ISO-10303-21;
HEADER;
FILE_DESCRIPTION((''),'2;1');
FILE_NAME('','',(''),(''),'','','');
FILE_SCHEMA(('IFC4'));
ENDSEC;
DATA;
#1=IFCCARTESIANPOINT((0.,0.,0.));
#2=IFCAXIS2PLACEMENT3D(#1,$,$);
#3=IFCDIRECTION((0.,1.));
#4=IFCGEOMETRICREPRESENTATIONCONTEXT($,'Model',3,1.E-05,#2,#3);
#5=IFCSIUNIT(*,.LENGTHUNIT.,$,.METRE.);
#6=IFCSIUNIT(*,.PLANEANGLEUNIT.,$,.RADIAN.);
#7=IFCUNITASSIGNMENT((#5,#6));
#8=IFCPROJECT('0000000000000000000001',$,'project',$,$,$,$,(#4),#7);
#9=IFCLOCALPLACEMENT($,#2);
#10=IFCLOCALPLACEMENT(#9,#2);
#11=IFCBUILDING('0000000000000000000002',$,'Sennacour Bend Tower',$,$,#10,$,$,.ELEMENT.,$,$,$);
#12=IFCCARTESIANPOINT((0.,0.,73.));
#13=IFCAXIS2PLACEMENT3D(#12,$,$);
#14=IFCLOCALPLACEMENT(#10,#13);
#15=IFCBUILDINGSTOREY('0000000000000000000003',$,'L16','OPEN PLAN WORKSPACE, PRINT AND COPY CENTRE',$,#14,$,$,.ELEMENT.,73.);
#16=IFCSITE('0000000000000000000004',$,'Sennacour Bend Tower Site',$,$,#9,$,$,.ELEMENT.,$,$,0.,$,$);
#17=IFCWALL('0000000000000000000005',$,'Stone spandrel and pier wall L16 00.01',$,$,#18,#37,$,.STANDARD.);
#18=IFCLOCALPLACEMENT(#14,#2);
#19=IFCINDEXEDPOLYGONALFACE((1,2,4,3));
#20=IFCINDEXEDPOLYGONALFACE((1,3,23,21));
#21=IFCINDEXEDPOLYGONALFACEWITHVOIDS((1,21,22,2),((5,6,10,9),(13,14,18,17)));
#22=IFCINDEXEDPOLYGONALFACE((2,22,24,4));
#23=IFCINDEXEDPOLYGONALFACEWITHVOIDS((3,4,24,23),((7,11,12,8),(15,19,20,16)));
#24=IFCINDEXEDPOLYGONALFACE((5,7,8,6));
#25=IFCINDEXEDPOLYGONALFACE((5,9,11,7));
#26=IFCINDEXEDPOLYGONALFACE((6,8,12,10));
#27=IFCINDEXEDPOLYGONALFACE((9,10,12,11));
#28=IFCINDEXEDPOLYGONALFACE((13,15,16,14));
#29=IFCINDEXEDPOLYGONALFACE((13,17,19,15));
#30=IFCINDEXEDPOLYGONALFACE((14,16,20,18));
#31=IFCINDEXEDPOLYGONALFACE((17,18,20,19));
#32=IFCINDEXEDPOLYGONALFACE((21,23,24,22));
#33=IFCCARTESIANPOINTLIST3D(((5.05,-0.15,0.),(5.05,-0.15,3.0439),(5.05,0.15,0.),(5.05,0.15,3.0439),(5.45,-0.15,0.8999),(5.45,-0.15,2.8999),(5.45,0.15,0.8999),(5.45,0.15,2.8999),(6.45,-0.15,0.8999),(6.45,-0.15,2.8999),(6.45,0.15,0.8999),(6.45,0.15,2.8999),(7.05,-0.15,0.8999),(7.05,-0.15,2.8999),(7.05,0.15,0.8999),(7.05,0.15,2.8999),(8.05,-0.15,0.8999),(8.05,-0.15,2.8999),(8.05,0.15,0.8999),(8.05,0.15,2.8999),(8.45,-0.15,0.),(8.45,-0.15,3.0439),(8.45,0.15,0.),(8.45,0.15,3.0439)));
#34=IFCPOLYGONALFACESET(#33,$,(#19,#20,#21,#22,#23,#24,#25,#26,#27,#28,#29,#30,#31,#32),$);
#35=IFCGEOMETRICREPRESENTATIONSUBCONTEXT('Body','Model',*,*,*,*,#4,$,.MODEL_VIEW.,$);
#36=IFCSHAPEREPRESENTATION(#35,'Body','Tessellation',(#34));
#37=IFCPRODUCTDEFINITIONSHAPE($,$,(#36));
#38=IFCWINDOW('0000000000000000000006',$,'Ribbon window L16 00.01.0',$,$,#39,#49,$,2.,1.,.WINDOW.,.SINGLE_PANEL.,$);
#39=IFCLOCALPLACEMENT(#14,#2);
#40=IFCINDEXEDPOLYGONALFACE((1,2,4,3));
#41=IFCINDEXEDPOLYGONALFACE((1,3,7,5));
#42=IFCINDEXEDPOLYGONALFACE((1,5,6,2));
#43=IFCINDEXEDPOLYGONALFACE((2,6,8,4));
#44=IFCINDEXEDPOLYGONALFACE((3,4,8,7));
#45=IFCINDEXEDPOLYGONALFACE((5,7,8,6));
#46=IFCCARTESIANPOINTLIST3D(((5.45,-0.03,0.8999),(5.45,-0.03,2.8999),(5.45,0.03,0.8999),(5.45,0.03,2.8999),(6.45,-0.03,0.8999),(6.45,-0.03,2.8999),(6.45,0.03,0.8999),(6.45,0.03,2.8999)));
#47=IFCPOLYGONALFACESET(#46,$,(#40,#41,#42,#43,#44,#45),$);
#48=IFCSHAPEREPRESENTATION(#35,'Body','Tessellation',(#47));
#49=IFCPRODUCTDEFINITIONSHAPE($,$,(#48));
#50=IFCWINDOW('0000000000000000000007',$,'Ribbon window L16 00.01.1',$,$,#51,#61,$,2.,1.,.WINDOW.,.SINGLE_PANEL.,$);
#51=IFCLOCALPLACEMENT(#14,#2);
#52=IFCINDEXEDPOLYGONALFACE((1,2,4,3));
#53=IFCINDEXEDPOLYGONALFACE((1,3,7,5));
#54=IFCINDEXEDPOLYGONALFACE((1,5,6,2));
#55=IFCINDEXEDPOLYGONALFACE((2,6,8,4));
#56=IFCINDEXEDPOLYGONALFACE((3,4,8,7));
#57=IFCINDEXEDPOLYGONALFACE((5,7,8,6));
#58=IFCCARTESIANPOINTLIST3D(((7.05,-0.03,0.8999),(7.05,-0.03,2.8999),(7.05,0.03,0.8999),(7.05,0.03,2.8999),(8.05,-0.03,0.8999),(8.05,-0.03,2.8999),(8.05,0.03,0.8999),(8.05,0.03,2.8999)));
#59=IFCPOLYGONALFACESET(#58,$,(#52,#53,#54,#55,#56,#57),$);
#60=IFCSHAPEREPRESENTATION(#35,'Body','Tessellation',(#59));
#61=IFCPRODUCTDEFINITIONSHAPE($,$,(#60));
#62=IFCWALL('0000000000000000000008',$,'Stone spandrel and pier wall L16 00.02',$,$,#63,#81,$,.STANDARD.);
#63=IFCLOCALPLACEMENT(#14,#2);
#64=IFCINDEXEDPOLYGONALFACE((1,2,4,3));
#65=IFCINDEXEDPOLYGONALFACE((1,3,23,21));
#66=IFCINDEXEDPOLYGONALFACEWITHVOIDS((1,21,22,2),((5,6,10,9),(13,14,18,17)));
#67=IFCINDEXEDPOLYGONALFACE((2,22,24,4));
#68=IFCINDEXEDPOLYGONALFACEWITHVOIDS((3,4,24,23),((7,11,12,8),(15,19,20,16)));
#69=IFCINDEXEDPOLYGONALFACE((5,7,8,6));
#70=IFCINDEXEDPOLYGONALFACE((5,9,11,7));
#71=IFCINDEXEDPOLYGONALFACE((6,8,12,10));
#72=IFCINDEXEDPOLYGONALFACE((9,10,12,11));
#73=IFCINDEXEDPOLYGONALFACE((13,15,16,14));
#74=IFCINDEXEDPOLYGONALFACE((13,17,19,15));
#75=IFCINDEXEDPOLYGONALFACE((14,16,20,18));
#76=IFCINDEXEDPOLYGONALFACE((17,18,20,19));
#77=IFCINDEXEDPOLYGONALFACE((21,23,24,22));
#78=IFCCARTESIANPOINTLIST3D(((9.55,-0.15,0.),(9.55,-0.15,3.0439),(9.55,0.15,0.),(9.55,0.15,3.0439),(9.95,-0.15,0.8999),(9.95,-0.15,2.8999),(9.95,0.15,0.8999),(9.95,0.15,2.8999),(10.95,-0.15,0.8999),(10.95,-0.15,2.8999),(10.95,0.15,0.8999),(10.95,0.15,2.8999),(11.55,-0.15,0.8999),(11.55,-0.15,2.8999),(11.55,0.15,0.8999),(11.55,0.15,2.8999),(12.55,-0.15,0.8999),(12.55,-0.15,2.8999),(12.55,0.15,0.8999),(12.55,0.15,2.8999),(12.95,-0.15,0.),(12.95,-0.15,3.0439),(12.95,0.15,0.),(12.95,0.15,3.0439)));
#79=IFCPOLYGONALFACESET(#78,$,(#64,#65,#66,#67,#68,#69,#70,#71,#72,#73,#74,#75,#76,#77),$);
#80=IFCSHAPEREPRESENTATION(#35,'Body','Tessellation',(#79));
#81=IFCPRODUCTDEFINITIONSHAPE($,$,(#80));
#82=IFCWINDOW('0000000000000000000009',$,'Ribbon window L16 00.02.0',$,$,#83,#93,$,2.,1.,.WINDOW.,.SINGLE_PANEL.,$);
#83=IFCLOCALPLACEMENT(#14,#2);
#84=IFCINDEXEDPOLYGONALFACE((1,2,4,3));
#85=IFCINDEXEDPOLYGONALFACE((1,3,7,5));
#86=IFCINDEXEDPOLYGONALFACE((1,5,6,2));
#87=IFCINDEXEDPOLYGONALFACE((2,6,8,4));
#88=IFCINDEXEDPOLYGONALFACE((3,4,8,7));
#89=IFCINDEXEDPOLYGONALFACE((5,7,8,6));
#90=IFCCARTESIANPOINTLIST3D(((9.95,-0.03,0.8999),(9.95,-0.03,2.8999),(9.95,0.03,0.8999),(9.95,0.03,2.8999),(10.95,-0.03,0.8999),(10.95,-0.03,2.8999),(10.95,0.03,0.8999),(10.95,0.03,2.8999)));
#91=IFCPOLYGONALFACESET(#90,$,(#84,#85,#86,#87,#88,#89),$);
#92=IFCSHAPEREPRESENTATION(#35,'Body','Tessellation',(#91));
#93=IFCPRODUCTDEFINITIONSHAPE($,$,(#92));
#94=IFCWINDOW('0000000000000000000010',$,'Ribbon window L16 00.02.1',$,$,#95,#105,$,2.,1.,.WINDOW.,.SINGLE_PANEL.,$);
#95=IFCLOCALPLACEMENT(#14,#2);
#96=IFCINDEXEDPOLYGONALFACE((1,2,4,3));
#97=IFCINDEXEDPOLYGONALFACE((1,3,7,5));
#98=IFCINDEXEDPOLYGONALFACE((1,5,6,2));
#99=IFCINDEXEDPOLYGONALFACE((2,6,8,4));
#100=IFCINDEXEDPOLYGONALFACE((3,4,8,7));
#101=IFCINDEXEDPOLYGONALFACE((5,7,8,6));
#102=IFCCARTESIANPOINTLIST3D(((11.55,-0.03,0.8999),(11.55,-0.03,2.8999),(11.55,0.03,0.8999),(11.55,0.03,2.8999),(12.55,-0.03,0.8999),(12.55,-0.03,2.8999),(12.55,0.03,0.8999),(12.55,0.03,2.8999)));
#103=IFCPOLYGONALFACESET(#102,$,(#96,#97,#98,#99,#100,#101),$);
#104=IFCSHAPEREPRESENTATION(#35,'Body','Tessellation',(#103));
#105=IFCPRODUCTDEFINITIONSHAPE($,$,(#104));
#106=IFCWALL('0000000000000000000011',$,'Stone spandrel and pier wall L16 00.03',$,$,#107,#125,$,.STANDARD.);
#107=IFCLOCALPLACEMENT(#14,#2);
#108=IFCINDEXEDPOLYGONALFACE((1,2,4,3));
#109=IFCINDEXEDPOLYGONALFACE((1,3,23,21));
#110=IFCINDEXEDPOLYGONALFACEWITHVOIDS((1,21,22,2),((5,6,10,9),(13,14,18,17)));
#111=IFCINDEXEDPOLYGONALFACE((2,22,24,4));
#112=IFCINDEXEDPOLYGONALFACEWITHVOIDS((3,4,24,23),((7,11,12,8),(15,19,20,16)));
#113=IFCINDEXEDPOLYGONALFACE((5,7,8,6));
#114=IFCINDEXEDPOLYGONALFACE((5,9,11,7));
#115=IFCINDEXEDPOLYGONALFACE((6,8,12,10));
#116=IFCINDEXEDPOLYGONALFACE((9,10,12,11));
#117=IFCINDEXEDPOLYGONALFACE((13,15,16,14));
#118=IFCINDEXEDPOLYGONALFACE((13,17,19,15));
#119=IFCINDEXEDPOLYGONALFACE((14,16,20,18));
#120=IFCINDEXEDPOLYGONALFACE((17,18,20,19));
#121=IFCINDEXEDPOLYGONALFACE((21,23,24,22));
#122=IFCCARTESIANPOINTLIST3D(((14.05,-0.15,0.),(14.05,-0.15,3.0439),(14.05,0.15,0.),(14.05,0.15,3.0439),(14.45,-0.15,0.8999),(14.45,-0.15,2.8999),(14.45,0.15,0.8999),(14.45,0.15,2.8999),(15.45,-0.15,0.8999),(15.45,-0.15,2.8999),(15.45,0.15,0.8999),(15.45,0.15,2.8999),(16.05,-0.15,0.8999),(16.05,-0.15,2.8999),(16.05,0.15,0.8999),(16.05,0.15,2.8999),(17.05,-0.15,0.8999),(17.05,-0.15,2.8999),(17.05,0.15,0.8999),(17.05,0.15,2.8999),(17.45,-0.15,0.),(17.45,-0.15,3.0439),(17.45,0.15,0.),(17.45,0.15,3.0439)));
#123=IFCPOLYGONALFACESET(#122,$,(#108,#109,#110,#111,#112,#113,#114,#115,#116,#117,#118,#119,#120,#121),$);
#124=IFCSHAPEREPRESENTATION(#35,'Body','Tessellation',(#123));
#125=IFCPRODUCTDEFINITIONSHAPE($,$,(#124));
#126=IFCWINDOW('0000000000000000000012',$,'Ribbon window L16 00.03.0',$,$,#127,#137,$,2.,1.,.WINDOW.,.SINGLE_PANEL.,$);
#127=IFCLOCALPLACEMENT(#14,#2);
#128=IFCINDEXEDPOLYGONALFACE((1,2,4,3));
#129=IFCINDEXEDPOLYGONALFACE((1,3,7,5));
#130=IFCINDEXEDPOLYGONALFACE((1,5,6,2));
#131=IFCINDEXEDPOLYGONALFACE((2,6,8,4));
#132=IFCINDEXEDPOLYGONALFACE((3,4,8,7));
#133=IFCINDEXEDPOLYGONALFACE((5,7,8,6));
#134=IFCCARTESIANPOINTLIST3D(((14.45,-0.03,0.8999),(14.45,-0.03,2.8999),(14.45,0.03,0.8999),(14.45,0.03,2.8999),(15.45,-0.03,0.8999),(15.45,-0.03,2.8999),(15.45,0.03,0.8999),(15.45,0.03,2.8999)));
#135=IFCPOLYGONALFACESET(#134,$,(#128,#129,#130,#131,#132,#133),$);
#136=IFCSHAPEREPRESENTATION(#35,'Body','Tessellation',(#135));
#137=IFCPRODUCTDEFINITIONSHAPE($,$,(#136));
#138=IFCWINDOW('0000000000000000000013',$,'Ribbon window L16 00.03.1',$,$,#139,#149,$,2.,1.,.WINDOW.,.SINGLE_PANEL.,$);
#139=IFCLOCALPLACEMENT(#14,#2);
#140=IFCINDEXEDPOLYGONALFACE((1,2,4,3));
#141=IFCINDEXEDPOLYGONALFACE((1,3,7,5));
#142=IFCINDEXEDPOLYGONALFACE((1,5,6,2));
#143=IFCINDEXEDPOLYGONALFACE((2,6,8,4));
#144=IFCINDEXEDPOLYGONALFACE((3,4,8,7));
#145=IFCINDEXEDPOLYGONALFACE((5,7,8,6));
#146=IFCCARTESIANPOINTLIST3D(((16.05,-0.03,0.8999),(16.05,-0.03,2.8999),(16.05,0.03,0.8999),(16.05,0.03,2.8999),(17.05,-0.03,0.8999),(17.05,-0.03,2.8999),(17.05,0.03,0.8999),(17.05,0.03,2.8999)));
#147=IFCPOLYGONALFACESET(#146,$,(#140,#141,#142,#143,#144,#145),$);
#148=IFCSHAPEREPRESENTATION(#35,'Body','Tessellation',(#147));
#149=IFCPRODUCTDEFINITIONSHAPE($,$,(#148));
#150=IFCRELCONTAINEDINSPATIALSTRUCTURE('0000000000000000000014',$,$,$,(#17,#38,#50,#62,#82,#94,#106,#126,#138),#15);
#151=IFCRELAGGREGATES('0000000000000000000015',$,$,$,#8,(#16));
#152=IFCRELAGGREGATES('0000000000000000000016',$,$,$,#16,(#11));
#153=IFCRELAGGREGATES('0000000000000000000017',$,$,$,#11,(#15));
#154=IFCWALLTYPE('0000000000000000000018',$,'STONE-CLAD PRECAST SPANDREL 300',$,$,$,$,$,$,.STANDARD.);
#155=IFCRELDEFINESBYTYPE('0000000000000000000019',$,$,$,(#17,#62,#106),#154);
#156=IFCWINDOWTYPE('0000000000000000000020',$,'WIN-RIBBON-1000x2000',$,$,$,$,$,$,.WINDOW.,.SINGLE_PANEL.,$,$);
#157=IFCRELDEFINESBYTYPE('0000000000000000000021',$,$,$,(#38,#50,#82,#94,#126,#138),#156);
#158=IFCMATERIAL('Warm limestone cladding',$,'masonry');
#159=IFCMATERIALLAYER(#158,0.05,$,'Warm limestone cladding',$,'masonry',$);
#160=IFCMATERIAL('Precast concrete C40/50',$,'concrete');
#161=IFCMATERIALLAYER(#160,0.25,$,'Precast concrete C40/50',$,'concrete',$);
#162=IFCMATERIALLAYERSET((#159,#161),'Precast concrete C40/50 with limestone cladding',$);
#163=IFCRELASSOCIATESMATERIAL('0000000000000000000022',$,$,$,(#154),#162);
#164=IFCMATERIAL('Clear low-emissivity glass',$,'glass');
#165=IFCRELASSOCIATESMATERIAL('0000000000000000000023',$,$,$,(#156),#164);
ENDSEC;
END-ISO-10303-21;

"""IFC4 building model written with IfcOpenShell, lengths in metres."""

from ifc_helpers import new_model, si_unit, direction, frame, frame_2d, origin, place, context, subcontext, project, spatial, rectangle, extrude, material, layer, layer_set, type_object, element, fill, save


model = new_model("IFC4")

# Units and contexts
model_context = context("Model", 3, precision=1e-05, world=origin(), true_north=direction((0.0, 1.0)))
body_context = subcontext(model_context, "Body", "Model", "MODEL_VIEW")
ifc_project = project(units=[si_unit("LENGTHUNIT", "METRE"), si_unit("PLANEANGLEUNIT", "RADIAN")], contexts=[model_context])

# Site, building, storey
site_placement = place(None, origin())
site = spatial("IfcSite", under=ifc_project, at=site_placement, Name="Sennacour Bend Tower Site", CompositionType="ELEMENT", RefElevation=0.0)
building_placement = place(site_placement, origin())
building = spatial("IfcBuilding", under=site, at=building_placement, Name="Sennacour Bend Tower", CompositionType="ELEMENT")
storey_placement = place(building_placement, frame((0.0, 0.0, 73.0)))
storey = spatial("IfcBuildingStorey", under=building, at=storey_placement, Name="L16", Description="OPEN PLAN WORKSPACE, PRINT AND COPY CENTRE", CompositionType="ELEMENT", Elevation=73.0)

# Walls, openings, windows
ifc_material_1 = material(Name="Warm limestone cladding", Category="masonry")
ifc_layer_1 = layer(ifc_material_1, 0.05, Name="Warm limestone cladding", Category="masonry")
ifc_material_2 = material(Name="Precast concrete C40/50", Category="concrete")
ifc_layer_2 = layer(ifc_material_2, 0.25, Name="Precast concrete C40/50", Category="concrete")
ifc_layer_set_1 = layer_set([ifc_layer_1, ifc_layer_2], Name="Precast concrete C40/50 with limestone cladding")
wall_type_1 = type_object("IfcWallType", Name="STONE-CLAD PRECAST SPANDREL 300", PredefinedType="STANDARD", material=ifc_layer_set_1)
wall_1_placement = place(storey_placement, frame((5.05, 0.0, 0.0), z_axis=(0.0, 0.0, 1.0), x_axis=(1.0, 0.0, 0.0)))
wall_1 = element("IfcWall", 1, at=wall_1_placement, inside=storey, type_object=wall_type_1, Name="Stone spandrel and pier wall L16 00.01", PredefinedType="STANDARD", context=body_context, shape_type="SweptSolid", body=[
    extrude(rectangle(XDim=3.3999, YDim=0.3, at=frame_2d((1.7, 0.0))), origin(), (0.0, 0.0, 1.0), 3.0439),
])
opening_1_placement = place(wall_1_placement, frame((0.3999, 0.0, 0.8999)))
opening_1 = element("IfcOpeningElement", 2, at=opening_1_placement, cuts=wall_1, PredefinedType="OPENING", context=body_context, shape_type="SweptSolid", body=[
    extrude(rectangle(XDim=1.0, YDim=2.0, at=frame_2d((0.5, 1.0))), frame((0.0, 0.1602, 0.0), z_axis=(0.0, -1.0, 0.0), x_axis=(1.0, 0.0, 0.0)), (0.0, 0.0, 1.0), 0.3201),
])
opening_2_placement = place(wall_1_placement, frame((2.0, 0.0, 0.8999)))
opening_2 = element("IfcOpeningElement", 3, at=opening_2_placement, cuts=wall_1, PredefinedType="OPENING", context=body_context, shape_type="SweptSolid", body=[
    extrude(rectangle(XDim=1.0, YDim=2.0, at=frame_2d((0.5, 1.0))), frame((0.0, 0.1602, 0.0), z_axis=(0.0, -1.0, 0.0), x_axis=(1.0, 0.0, 0.0)), (0.0, 0.0, 1.0), 0.3201),
])
ifc_material_3 = material(Name="Clear low-emissivity glass", Category="glass")
window_type = type_object("IfcWindowType", Name="WIN-RIBBON-1000x2000", PartitioningType="SINGLE_PANEL", PredefinedType="WINDOW", material=ifc_material_3)
window_1_placement = place(opening_1_placement, origin())
window_1 = element("IfcWindow", 4, at=window_1_placement, inside=storey, type_object=window_type, Name="Ribbon window L16 00.01.0", OverallHeight=2.0, OverallWidth=1.0, PartitioningType="SINGLE_PANEL", PredefinedType="WINDOW", context=body_context, shape_type="SweptSolid", body=[
    extrude(rectangle(XDim=1.0, YDim=2.0, at=frame_2d((0.5, 1.0))), frame((0.0, 0.03, 0.0), z_axis=(0.0, -1.0, 0.0), x_axis=(1.0, 0.0, 0.0)), (0.0, 0.0, 1.0), 0.0601),
])
fill(opening_1, window_1)
window_2_placement = place(opening_2_placement, origin())
window_2 = element("IfcWindow", 5, at=window_2_placement, inside=storey, type_object=window_type, Name="Ribbon window L16 00.01.1", OverallHeight=2.0, OverallWidth=1.0, PartitioningType="SINGLE_PANEL", PredefinedType="WINDOW", context=body_context, shape_type="SweptSolid", body=[
    extrude(rectangle(XDim=1.0, YDim=2.0, at=frame_2d((0.5, 1.0))), frame((0.0, 0.03, 0.0), z_axis=(0.0, -1.0, 0.0), x_axis=(1.0, 0.0, 0.0)), (0.0, 0.0, 1.0), 0.0601),
])
fill(opening_2, window_2)
wall_2_placement = place(storey_placement, frame((9.55, 0.0, 0.0), z_axis=(0.0, 0.0, 1.0), x_axis=(1.0, 0.0, 0.0)))
wall_2 = element("IfcWall", 6, at=wall_2_placement, inside=storey, type_object=wall_type_1, Name="Stone spandrel and pier wall L16 00.02", PredefinedType="STANDARD", context=body_context, shape_type="SweptSolid", body=[
    extrude(rectangle(XDim=3.3999, YDim=0.3, at=frame_2d((1.7, 0.0))), origin(), (0.0, 0.0, 1.0), 3.0439),
])
opening_3_placement = place(wall_2_placement, frame((0.3999, 0.0, 0.8999)))
opening_3 = element("IfcOpeningElement", 7, at=opening_3_placement, cuts=wall_2, PredefinedType="OPENING", context=body_context, shape_type="SweptSolid", body=[
    extrude(rectangle(XDim=1.0, YDim=2.0, at=frame_2d((0.5, 1.0))), frame((0.0, 0.1602, 0.0), z_axis=(0.0, -1.0, 0.0), x_axis=(1.0, 0.0, 0.0)), (0.0, 0.0, 1.0), 0.3201),
])
opening_4_placement = place(wall_2_placement, frame((2.0, 0.0, 0.8999)))
opening_4 = element("IfcOpeningElement", 8, at=opening_4_placement, cuts=wall_2, PredefinedType="OPENING", context=body_context, shape_type="SweptSolid", body=[
    extrude(rectangle(XDim=1.0, YDim=2.0, at=frame_2d((0.5, 1.0))), frame((0.0, 0.1602, 0.0), z_axis=(0.0, -1.0, 0.0), x_axis=(1.0, 0.0, 0.0)), (0.0, 0.0, 1.0), 0.3201),
])
window_3_placement = place(opening_3_placement, origin())
window_3 = element("IfcWindow", 9, at=window_3_placement, inside=storey, type_object=window_type, Name="Ribbon window L16 00.02.0", OverallHeight=2.0, OverallWidth=1.0, PartitioningType="SINGLE_PANEL", PredefinedType="WINDOW", context=body_context, shape_type="SweptSolid", body=[
    extrude(rectangle(XDim=1.0, YDim=2.0, at=frame_2d((0.5, 1.0))), frame((0.0, 0.03, 0.0), z_axis=(0.0, -1.0, 0.0), x_axis=(1.0, 0.0, 0.0)), (0.0, 0.0, 1.0), 0.0601),
])
fill(opening_3, window_3)
window_4_placement = place(opening_4_placement, origin())
window_4 = element("IfcWindow", 10, at=window_4_placement, inside=storey, type_object=window_type, Name="Ribbon window L16 00.02.1", OverallHeight=2.0, OverallWidth=1.0, PartitioningType="SINGLE_PANEL", PredefinedType="WINDOW", context=body_context, shape_type="SweptSolid", body=[
    extrude(rectangle(XDim=1.0, YDim=2.0, at=frame_2d((0.5, 1.0))), frame((0.0, 0.03, 0.0), z_axis=(0.0, -1.0, 0.0), x_axis=(1.0, 0.0, 0.0)), (0.0, 0.0, 1.0), 0.0601),
])
fill(opening_4, window_4)
wall_3_placement = place(storey_placement, frame((14.05, 0.0, 0.0), z_axis=(0.0, 0.0, 1.0), x_axis=(1.0, 0.0, 0.0)))
wall_3 = element("IfcWall", 11, at=wall_3_placement, inside=storey, type_object=wall_type_1, Name="Stone spandrel and pier wall L16 00.03", PredefinedType="STANDARD", context=body_context, shape_type="SweptSolid", body=[
    extrude(rectangle(XDim=3.3999, YDim=0.3, at=frame_2d((1.7, 0.0))), origin(), (0.0, 0.0, 1.0), 3.0439),
])
opening_5_placement = place(wall_3_placement, frame((0.3999, 0.0, 0.8999)))
opening_5 = element("IfcOpeningElement", 12, at=opening_5_placement, cuts=wall_3, PredefinedType="OPENING", context=body_context, shape_type="SweptSolid", body=[
    extrude(rectangle(XDim=1.0, YDim=2.0, at=frame_2d((0.5, 1.0))), frame((0.0, 0.1602, 0.0), z_axis=(0.0, -1.0, 0.0), x_axis=(1.0, 0.0, 0.0)), (0.0, 0.0, 1.0), 0.3201),
])
opening_6_placement = place(wall_3_placement, frame((2.0, 0.0, 0.8999)))
opening_6 = element("IfcOpeningElement", 13, at=opening_6_placement, cuts=wall_3, PredefinedType="OPENING", context=body_context, shape_type="SweptSolid", body=[
    extrude(rectangle(XDim=1.0, YDim=2.0, at=frame_2d((0.5, 1.0))), frame((0.0, 0.1602, 0.0), z_axis=(0.0, -1.0, 0.0), x_axis=(1.0, 0.0, 0.0)), (0.0, 0.0, 1.0), 0.3201),
])
window_5_placement = place(opening_5_placement, origin())
window_5 = element("IfcWindow", 14, at=window_5_placement, inside=storey, type_object=window_type, Name="Ribbon window L16 00.03.0", OverallHeight=2.0, OverallWidth=1.0, PartitioningType="SINGLE_PANEL", PredefinedType="WINDOW", context=body_context, shape_type="SweptSolid", body=[
    extrude(rectangle(XDim=1.0, YDim=2.0, at=frame_2d((0.5, 1.0))), frame((0.0, 0.03, 0.0), z_axis=(0.0, -1.0, 0.0), x_axis=(1.0, 0.0, 0.0)), (0.0, 0.0, 1.0), 0.0601),
])
fill(opening_5, window_5)
window_6_placement = place(opening_6_placement, origin())
window_6 = element("IfcWindow", 15, at=window_6_placement, inside=storey, type_object=window_type, Name="Ribbon window L16 00.03.1", OverallHeight=2.0, OverallWidth=1.0, PartitioningType="SINGLE_PANEL", PredefinedType="WINDOW", context=body_context, shape_type="SweptSolid", body=[
    extrude(rectangle(XDim=1.0, YDim=2.0, at=frame_2d((0.5, 1.0))), frame((0.0, 0.03, 0.0), z_axis=(0.0, -1.0, 0.0), x_axis=(1.0, 0.0, 0.0)), (0.0, 0.0, 1.0), 0.0601),
])
fill(opening_6, window_6)

save(model, "model.ifc")
